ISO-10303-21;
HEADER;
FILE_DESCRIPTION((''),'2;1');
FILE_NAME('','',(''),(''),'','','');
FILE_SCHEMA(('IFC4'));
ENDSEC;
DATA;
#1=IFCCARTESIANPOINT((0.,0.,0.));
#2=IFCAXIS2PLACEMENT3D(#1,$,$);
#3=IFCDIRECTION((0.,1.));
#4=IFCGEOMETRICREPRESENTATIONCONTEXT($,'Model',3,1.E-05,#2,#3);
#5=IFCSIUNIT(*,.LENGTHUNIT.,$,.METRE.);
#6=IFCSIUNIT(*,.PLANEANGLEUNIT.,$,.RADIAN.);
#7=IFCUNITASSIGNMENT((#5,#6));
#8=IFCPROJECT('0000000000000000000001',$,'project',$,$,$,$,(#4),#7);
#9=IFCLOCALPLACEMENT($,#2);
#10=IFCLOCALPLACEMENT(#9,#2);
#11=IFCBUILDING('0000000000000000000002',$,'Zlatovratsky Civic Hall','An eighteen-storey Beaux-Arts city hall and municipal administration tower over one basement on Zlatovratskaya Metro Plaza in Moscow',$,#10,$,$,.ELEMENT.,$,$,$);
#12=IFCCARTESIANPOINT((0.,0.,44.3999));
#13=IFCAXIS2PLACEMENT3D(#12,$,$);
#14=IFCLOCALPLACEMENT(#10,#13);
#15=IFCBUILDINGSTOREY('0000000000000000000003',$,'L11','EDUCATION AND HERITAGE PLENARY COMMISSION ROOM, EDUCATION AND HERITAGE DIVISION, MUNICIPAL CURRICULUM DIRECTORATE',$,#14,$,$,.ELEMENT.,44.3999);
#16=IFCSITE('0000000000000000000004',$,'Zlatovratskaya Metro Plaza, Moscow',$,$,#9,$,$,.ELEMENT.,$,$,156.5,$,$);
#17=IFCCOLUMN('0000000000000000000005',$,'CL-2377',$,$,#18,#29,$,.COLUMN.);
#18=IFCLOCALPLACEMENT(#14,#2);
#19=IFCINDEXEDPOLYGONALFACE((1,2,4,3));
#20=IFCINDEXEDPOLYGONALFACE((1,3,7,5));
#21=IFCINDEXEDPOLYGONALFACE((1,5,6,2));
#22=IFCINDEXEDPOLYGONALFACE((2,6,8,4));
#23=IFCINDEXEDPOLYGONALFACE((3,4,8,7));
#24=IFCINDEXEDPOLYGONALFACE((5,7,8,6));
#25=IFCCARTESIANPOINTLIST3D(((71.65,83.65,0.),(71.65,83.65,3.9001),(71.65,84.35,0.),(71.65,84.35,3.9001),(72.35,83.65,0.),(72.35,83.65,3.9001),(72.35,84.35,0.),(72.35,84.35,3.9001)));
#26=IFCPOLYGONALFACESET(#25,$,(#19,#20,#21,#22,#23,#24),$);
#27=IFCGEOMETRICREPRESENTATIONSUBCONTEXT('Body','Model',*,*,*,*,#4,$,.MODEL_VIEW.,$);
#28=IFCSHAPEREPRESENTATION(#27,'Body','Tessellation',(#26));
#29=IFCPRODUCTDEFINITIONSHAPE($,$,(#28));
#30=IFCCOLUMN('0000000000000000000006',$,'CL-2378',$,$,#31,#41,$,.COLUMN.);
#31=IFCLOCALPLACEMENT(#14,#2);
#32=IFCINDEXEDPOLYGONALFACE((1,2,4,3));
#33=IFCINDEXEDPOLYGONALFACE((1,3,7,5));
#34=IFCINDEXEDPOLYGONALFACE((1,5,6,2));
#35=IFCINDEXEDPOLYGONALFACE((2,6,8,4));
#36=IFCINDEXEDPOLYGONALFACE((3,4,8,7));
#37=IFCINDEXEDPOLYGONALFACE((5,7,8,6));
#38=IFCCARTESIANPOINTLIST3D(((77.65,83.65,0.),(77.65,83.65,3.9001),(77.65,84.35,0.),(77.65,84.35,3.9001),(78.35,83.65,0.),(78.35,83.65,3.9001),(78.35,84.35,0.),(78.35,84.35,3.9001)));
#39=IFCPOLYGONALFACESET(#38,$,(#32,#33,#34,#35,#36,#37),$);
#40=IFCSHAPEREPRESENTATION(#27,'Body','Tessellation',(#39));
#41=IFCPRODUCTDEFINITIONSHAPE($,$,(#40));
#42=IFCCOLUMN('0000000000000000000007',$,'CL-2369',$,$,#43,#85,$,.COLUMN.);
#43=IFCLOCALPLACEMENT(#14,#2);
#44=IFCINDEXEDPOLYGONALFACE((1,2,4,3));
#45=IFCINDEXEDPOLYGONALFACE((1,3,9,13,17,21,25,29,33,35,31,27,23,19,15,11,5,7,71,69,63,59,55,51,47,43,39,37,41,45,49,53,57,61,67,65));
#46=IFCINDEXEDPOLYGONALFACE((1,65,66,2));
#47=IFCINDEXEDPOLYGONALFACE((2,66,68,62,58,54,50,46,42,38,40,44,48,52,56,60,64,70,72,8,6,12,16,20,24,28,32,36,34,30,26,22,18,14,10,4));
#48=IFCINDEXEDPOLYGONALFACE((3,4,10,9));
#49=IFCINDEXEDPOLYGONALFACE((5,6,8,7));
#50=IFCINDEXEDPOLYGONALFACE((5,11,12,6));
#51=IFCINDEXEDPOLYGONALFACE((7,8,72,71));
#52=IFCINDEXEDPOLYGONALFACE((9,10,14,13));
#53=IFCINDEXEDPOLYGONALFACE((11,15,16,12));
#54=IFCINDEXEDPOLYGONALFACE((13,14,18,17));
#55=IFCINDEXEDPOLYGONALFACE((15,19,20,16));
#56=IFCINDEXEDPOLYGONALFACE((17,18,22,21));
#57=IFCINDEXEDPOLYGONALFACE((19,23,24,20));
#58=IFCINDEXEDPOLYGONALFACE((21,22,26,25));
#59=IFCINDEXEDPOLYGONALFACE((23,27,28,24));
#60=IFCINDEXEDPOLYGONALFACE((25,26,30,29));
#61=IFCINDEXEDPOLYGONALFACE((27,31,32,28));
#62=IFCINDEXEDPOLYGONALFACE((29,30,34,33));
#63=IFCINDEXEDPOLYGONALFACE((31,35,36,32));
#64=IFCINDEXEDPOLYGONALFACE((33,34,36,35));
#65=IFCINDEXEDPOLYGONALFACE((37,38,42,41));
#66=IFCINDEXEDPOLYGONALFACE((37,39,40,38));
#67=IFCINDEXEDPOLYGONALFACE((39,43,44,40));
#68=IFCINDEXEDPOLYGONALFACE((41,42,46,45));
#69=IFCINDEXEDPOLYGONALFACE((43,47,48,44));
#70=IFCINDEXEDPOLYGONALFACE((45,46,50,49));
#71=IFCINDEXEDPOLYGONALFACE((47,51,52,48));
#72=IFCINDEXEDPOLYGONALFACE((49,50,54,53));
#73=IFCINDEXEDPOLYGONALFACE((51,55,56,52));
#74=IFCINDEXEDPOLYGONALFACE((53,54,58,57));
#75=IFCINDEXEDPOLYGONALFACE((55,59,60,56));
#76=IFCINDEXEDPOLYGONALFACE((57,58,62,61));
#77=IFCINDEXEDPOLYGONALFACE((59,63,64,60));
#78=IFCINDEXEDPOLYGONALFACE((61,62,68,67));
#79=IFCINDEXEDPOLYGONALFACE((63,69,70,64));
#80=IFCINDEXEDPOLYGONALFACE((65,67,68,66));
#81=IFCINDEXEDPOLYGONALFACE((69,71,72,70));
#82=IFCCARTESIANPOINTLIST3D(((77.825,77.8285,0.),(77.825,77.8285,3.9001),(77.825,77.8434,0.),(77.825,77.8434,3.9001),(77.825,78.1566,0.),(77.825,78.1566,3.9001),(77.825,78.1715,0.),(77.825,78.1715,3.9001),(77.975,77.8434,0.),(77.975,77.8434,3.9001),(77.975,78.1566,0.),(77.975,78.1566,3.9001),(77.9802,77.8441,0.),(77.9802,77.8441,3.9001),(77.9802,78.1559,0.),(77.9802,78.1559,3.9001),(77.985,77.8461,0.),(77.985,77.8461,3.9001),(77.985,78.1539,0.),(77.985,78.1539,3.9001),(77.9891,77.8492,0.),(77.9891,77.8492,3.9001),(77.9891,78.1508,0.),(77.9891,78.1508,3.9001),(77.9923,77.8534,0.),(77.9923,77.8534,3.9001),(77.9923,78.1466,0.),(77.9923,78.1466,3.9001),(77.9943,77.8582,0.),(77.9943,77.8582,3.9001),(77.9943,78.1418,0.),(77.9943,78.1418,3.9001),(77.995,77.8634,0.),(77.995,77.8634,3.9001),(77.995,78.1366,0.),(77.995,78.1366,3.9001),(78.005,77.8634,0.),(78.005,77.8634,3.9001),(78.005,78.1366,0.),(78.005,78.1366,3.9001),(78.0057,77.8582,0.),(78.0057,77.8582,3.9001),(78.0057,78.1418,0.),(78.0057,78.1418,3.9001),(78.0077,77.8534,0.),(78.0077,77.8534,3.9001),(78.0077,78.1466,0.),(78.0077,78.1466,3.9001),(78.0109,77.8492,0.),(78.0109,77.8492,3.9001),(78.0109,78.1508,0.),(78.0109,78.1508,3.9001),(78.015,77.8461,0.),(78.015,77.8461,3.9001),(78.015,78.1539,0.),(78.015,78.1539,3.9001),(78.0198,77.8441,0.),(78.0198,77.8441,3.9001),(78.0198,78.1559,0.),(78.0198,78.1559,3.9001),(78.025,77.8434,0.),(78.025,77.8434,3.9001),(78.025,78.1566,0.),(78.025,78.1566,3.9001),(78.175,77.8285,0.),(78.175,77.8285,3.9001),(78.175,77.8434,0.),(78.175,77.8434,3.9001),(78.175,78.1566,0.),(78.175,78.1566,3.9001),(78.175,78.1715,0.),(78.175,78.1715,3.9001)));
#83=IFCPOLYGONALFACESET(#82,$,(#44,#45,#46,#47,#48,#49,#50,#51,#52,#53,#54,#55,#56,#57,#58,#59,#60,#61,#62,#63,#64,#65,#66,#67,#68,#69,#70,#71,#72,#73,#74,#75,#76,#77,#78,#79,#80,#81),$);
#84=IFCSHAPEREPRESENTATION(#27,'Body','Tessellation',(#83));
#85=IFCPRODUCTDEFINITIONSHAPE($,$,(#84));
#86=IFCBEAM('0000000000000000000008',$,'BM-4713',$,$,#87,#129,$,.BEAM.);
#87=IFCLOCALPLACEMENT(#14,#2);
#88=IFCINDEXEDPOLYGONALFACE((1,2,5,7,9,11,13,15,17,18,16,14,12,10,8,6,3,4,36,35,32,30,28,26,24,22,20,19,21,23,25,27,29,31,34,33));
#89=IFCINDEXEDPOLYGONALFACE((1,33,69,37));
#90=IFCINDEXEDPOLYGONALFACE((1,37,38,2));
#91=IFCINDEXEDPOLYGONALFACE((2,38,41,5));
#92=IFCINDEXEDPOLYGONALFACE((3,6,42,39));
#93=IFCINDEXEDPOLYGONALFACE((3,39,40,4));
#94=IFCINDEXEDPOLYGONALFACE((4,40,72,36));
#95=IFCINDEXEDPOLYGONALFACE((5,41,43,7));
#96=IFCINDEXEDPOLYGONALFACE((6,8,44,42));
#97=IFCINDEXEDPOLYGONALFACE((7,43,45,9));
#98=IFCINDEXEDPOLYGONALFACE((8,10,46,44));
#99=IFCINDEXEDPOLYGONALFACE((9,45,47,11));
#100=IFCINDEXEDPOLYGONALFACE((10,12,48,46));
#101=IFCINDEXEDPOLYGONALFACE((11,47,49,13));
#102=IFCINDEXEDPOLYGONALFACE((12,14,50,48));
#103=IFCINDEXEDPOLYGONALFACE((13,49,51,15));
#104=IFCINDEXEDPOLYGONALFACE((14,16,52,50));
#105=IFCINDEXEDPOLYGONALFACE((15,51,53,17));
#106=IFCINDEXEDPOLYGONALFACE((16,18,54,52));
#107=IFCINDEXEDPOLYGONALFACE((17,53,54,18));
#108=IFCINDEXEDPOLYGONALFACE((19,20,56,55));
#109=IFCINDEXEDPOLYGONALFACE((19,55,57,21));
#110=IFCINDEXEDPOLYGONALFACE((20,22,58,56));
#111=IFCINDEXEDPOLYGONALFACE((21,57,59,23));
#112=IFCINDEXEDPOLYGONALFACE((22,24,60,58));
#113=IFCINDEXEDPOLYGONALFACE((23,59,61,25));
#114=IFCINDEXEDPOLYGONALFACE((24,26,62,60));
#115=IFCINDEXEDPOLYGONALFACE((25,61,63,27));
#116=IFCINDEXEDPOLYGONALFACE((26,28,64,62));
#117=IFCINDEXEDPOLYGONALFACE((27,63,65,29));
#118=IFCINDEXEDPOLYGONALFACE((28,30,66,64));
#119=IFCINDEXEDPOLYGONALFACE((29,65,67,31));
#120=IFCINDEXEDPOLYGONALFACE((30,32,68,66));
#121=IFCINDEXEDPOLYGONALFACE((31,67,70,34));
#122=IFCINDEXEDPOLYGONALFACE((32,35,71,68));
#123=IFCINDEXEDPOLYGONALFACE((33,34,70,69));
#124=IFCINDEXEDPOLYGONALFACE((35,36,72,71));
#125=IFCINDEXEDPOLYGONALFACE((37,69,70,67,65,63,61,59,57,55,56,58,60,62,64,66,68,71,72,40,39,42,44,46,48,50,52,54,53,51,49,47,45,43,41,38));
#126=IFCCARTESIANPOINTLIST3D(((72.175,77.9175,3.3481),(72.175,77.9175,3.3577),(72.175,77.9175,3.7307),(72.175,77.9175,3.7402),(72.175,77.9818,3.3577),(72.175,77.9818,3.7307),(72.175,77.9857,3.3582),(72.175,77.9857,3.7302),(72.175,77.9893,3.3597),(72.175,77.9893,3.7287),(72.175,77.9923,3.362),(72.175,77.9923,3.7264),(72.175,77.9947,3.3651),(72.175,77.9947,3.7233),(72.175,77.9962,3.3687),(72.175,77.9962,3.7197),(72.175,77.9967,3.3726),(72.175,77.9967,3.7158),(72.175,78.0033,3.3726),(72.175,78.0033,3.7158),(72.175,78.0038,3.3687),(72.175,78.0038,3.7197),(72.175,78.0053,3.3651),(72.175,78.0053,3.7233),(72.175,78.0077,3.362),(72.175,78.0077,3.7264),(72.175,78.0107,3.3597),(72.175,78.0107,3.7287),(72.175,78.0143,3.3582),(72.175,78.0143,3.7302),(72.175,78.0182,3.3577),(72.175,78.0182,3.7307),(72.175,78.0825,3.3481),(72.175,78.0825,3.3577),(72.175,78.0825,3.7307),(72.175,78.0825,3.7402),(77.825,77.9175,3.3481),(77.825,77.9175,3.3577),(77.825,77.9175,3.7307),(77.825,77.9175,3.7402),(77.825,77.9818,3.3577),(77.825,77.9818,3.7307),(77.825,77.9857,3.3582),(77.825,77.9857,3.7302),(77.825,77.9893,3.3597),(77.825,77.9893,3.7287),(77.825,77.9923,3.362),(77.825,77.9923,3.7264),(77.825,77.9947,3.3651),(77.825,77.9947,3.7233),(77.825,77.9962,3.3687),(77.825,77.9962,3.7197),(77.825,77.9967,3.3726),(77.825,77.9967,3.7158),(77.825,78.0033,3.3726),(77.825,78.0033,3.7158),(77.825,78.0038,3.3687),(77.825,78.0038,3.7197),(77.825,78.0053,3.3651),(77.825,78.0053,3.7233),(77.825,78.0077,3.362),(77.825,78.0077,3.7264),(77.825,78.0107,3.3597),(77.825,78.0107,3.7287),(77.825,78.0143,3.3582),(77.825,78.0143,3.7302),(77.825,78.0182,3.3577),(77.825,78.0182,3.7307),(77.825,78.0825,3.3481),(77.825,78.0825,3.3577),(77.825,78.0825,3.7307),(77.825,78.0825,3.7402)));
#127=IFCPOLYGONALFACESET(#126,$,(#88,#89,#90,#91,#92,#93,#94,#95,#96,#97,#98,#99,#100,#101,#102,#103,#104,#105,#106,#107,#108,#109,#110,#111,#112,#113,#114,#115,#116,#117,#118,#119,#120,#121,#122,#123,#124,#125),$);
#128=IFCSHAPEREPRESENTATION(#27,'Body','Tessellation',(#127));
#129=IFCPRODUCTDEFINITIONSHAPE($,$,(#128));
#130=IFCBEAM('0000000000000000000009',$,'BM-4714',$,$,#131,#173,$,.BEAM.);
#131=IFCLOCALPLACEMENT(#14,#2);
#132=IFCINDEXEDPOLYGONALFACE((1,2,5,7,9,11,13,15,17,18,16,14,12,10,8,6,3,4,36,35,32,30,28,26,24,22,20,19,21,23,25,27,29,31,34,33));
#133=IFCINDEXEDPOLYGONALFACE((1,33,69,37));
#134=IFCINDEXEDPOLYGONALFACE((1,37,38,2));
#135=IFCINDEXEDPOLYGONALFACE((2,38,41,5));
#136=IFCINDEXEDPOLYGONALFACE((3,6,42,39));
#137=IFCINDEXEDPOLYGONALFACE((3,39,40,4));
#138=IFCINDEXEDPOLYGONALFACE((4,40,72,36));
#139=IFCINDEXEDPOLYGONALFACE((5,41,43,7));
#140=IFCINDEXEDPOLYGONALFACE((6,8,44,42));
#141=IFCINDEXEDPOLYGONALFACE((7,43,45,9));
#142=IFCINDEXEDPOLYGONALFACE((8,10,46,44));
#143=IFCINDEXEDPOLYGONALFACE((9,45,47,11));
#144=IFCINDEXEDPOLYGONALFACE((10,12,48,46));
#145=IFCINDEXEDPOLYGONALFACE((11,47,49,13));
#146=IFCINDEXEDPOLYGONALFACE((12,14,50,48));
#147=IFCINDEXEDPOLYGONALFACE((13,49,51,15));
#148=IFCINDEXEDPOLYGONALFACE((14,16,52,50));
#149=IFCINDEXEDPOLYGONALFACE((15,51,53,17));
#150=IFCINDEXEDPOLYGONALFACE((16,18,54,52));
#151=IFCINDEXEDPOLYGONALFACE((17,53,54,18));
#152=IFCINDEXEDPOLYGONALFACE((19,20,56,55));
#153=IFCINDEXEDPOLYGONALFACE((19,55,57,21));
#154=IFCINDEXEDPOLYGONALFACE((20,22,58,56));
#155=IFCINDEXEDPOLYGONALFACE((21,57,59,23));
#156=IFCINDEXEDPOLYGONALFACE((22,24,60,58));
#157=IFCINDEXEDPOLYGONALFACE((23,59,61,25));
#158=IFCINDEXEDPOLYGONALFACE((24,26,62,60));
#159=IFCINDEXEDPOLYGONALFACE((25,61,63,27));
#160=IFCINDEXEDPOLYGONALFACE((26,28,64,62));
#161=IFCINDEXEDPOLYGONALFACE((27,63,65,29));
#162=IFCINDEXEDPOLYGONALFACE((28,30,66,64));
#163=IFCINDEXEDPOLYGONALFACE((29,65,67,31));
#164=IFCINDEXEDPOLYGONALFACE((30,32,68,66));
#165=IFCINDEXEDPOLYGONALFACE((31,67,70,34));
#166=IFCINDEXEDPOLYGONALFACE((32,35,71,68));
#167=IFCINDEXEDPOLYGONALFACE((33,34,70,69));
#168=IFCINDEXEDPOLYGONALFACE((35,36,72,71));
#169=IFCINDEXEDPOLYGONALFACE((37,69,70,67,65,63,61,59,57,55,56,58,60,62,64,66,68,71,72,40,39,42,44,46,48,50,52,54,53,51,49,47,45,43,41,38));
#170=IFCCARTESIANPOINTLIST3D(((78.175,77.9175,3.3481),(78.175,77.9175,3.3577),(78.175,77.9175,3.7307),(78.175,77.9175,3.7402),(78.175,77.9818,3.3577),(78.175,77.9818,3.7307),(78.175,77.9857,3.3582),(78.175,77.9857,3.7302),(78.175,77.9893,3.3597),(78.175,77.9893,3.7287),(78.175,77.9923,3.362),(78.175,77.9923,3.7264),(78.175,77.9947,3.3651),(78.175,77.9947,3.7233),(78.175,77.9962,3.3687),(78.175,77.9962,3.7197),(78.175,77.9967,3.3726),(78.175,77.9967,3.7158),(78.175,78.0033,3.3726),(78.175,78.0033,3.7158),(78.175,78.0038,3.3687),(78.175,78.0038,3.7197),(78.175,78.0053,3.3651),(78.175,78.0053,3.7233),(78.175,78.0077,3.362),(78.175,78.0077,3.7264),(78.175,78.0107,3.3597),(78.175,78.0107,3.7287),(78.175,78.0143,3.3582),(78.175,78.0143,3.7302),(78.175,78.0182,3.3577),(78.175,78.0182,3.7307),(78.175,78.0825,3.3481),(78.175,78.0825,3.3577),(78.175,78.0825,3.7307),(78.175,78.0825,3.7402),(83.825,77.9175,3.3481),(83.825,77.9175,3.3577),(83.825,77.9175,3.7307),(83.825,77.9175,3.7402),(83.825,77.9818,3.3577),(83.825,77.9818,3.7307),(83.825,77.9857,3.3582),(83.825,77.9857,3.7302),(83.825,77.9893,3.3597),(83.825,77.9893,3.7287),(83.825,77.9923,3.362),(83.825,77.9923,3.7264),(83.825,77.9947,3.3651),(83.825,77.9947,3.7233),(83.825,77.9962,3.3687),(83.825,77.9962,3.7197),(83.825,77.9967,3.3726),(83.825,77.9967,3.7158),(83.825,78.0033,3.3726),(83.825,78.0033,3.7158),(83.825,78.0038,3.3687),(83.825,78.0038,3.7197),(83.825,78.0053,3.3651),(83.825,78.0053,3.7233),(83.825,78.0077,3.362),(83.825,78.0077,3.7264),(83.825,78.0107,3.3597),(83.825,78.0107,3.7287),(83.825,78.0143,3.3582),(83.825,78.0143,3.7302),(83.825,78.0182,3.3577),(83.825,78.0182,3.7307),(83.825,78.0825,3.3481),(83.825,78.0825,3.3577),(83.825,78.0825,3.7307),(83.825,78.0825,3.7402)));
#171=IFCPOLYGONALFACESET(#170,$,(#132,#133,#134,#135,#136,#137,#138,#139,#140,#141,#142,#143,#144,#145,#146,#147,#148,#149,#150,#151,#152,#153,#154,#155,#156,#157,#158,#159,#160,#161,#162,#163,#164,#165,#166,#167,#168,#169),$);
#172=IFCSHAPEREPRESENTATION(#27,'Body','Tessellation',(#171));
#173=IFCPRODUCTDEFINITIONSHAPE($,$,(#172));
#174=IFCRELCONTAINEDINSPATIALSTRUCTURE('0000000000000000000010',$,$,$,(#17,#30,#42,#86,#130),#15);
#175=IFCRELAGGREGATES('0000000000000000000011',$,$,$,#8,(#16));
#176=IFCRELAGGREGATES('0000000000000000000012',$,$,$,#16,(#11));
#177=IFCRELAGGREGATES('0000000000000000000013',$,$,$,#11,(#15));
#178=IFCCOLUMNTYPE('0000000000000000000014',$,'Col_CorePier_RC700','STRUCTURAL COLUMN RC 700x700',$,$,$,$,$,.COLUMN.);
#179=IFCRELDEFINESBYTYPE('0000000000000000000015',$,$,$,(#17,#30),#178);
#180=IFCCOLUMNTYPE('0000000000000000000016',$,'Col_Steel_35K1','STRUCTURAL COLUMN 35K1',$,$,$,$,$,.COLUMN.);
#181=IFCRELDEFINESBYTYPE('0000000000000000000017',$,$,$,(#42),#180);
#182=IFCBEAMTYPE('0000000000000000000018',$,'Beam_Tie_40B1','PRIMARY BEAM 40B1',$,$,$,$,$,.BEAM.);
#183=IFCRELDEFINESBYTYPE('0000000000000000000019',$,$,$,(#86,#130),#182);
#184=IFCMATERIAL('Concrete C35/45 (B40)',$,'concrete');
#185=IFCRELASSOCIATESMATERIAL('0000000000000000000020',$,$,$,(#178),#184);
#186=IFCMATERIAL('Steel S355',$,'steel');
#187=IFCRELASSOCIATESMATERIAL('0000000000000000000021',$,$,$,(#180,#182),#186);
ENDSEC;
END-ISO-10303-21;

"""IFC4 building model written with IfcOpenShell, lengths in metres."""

from ifc_helpers import new_model, si_unit, direction, frame, origin, origin_2d, place, context, subcontext, project, spatial, rectangle, i_section, extrude, material, material_profile, profile_set, type_object, element, save


model = new_model("IFC4")

# Units and contexts
model_context = context("Model", 3, precision=1e-05, world=origin(), true_north=direction((0.0, 1.0)))
body_context = subcontext(model_context, "Body", "Model", "MODEL_VIEW")
ifc_project = project(units=[si_unit("LENGTHUNIT", "METRE"), si_unit("PLANEANGLEUNIT", "RADIAN")], contexts=[model_context])

# Site, building, storey
site_placement = place(None, origin())
site = spatial("IfcSite", under=ifc_project, at=site_placement, Name="Zlatovratskaya Metro Plaza, Moscow", CompositionType="ELEMENT", RefElevation=156.5)
building_placement = place(site_placement, origin())
building = spatial("IfcBuilding", under=site, at=building_placement, Name="Zlatovratsky Civic Hall", Description="An eighteen-storey Beaux-Arts city hall and municipal administration tower over one basement on Zlatovratskaya Metro Plaza in Moscow", CompositionType="ELEMENT")
storey_placement = place(building_placement, frame((0.0, 0.0, 44.3999)))
storey = spatial("IfcBuildingStorey", under=building, at=storey_placement, Name="L11", Description="EDUCATION AND HERITAGE PLENARY COMMISSION ROOM, EDUCATION AND HERITAGE DIVISION, MUNICIPAL CURRICULUM DIRECTORATE", CompositionType="ELEMENT", Elevation=44.3999)

# Columns
ifc_material_1 = material(Name="Concrete C35/45 (B40)", Category="concrete")
ifc_material_profile_1 = material_profile(ifc_material_1, rectangle(XDim=0.7, YDim=0.7, at=origin_2d()), Name="RC 700x700")
ifc_profile_set_1 = profile_set([ifc_material_profile_1], Name="Concrete C35/45 (B40)")
column_type_1 = type_object("IfcColumnType", Name="Col_CorePier_RC700", Description="STRUCTURAL COLUMN RC 700x700", PredefinedType="COLUMN", material=ifc_profile_set_1)
for number, where, z_axis, x_axis, name in (
    (1, (72.0, 84.0, 0.0), (0.0, 0.0, 1.0), (1.0, 0.0, 0.0), "CL-2377"),
    (2, (78.0, 84.0, 0.0), (0.0, 0.0, 1.0), (1.0, 0.0, 0.0), "CL-2378"),
):
    element("IfcColumn", number, at=place(storey_placement, frame(where, z_axis=z_axis, x_axis=x_axis)), inside=storey, type_object=column_type_1, Name=name, PredefinedType="COLUMN", context=body_context, shape_type="SweptSolid", body=[
        extrude(rectangle(XDim=0.7, YDim=0.7, at=origin_2d()), origin(), (0.0, 0.0, 1.0), 3.9001),
    ])
ifc_material_2 = material(Name="Steel S355", Category="steel")
ifc_material_profile_2 = material_profile(ifc_material_2, i_section(OverallWidth=0.3501, OverallDepth=0.343, WebThickness=0.01, FlangeThickness=0.0149, FilletRadius=0.02, at=origin_2d()), Name="35K1")
ifc_profile_set_2 = profile_set([ifc_material_profile_2], Name="Steel S355")
column_type_2 = type_object("IfcColumnType", Name="Col_Steel_35K1", Description="STRUCTURAL COLUMN 35K1", PredefinedType="COLUMN", material=ifc_profile_set_2)
column_placement = place(storey_placement, frame((78.0, 78.0, 0.0), z_axis=(0.0, 0.0, 1.0), x_axis=(1.0, 0.0, 0.0)))
element("IfcColumn", 3, at=column_placement, inside=storey, type_object=column_type_2, Name="CL-2369", PredefinedType="COLUMN", context=body_context, shape_type="SweptSolid", body=[
    extrude(i_section(OverallWidth=0.3501, OverallDepth=0.343, WebThickness=0.01, FlangeThickness=0.0149, FilletRadius=0.02, at=origin_2d()), origin(), (0.0, 0.0, 1.0), 3.9001),
])

# Beams
ifc_material_profile_3 = material_profile(ifc_material_2, i_section(OverallWidth=0.165, OverallDepth=0.3921, WebThickness=0.0066, FlangeThickness=0.0095, FilletRadius=0.0149, at=origin_2d()), Name="40B1")
ifc_profile_set_3 = profile_set([ifc_material_profile_3], Name="Steel S355")
beam_type = type_object("IfcBeamType", Name="Beam_Tie_40B1", Description="PRIMARY BEAM 40B1", PredefinedType="BEAM", material=ifc_profile_set_3)
for number, where, z_axis, x_axis, name in (
    (4, (72.175, 78.0, 3.5442), (1.0, 0.0, 0.0), (0.0, 1.0, 0.0), "BM-4713"),
    (5, (78.175, 78.0, 3.5442), (1.0, 0.0, 0.0), (0.0, 1.0, 0.0), "BM-4714"),
):
    element("IfcBeam", number, at=place(storey_placement, frame(where, z_axis=z_axis, x_axis=x_axis)), inside=storey, type_object=beam_type, Name=name, PredefinedType="BEAM", context=body_context, shape_type="SweptSolid", body=[
        extrude(i_section(OverallWidth=0.165, OverallDepth=0.3921, WebThickness=0.0066, FlangeThickness=0.0095, FilletRadius=0.0149, at=origin_2d()), origin(), (0.0, 0.0, 1.0), 5.6499),
    ])

save(model, "model.ifc")
